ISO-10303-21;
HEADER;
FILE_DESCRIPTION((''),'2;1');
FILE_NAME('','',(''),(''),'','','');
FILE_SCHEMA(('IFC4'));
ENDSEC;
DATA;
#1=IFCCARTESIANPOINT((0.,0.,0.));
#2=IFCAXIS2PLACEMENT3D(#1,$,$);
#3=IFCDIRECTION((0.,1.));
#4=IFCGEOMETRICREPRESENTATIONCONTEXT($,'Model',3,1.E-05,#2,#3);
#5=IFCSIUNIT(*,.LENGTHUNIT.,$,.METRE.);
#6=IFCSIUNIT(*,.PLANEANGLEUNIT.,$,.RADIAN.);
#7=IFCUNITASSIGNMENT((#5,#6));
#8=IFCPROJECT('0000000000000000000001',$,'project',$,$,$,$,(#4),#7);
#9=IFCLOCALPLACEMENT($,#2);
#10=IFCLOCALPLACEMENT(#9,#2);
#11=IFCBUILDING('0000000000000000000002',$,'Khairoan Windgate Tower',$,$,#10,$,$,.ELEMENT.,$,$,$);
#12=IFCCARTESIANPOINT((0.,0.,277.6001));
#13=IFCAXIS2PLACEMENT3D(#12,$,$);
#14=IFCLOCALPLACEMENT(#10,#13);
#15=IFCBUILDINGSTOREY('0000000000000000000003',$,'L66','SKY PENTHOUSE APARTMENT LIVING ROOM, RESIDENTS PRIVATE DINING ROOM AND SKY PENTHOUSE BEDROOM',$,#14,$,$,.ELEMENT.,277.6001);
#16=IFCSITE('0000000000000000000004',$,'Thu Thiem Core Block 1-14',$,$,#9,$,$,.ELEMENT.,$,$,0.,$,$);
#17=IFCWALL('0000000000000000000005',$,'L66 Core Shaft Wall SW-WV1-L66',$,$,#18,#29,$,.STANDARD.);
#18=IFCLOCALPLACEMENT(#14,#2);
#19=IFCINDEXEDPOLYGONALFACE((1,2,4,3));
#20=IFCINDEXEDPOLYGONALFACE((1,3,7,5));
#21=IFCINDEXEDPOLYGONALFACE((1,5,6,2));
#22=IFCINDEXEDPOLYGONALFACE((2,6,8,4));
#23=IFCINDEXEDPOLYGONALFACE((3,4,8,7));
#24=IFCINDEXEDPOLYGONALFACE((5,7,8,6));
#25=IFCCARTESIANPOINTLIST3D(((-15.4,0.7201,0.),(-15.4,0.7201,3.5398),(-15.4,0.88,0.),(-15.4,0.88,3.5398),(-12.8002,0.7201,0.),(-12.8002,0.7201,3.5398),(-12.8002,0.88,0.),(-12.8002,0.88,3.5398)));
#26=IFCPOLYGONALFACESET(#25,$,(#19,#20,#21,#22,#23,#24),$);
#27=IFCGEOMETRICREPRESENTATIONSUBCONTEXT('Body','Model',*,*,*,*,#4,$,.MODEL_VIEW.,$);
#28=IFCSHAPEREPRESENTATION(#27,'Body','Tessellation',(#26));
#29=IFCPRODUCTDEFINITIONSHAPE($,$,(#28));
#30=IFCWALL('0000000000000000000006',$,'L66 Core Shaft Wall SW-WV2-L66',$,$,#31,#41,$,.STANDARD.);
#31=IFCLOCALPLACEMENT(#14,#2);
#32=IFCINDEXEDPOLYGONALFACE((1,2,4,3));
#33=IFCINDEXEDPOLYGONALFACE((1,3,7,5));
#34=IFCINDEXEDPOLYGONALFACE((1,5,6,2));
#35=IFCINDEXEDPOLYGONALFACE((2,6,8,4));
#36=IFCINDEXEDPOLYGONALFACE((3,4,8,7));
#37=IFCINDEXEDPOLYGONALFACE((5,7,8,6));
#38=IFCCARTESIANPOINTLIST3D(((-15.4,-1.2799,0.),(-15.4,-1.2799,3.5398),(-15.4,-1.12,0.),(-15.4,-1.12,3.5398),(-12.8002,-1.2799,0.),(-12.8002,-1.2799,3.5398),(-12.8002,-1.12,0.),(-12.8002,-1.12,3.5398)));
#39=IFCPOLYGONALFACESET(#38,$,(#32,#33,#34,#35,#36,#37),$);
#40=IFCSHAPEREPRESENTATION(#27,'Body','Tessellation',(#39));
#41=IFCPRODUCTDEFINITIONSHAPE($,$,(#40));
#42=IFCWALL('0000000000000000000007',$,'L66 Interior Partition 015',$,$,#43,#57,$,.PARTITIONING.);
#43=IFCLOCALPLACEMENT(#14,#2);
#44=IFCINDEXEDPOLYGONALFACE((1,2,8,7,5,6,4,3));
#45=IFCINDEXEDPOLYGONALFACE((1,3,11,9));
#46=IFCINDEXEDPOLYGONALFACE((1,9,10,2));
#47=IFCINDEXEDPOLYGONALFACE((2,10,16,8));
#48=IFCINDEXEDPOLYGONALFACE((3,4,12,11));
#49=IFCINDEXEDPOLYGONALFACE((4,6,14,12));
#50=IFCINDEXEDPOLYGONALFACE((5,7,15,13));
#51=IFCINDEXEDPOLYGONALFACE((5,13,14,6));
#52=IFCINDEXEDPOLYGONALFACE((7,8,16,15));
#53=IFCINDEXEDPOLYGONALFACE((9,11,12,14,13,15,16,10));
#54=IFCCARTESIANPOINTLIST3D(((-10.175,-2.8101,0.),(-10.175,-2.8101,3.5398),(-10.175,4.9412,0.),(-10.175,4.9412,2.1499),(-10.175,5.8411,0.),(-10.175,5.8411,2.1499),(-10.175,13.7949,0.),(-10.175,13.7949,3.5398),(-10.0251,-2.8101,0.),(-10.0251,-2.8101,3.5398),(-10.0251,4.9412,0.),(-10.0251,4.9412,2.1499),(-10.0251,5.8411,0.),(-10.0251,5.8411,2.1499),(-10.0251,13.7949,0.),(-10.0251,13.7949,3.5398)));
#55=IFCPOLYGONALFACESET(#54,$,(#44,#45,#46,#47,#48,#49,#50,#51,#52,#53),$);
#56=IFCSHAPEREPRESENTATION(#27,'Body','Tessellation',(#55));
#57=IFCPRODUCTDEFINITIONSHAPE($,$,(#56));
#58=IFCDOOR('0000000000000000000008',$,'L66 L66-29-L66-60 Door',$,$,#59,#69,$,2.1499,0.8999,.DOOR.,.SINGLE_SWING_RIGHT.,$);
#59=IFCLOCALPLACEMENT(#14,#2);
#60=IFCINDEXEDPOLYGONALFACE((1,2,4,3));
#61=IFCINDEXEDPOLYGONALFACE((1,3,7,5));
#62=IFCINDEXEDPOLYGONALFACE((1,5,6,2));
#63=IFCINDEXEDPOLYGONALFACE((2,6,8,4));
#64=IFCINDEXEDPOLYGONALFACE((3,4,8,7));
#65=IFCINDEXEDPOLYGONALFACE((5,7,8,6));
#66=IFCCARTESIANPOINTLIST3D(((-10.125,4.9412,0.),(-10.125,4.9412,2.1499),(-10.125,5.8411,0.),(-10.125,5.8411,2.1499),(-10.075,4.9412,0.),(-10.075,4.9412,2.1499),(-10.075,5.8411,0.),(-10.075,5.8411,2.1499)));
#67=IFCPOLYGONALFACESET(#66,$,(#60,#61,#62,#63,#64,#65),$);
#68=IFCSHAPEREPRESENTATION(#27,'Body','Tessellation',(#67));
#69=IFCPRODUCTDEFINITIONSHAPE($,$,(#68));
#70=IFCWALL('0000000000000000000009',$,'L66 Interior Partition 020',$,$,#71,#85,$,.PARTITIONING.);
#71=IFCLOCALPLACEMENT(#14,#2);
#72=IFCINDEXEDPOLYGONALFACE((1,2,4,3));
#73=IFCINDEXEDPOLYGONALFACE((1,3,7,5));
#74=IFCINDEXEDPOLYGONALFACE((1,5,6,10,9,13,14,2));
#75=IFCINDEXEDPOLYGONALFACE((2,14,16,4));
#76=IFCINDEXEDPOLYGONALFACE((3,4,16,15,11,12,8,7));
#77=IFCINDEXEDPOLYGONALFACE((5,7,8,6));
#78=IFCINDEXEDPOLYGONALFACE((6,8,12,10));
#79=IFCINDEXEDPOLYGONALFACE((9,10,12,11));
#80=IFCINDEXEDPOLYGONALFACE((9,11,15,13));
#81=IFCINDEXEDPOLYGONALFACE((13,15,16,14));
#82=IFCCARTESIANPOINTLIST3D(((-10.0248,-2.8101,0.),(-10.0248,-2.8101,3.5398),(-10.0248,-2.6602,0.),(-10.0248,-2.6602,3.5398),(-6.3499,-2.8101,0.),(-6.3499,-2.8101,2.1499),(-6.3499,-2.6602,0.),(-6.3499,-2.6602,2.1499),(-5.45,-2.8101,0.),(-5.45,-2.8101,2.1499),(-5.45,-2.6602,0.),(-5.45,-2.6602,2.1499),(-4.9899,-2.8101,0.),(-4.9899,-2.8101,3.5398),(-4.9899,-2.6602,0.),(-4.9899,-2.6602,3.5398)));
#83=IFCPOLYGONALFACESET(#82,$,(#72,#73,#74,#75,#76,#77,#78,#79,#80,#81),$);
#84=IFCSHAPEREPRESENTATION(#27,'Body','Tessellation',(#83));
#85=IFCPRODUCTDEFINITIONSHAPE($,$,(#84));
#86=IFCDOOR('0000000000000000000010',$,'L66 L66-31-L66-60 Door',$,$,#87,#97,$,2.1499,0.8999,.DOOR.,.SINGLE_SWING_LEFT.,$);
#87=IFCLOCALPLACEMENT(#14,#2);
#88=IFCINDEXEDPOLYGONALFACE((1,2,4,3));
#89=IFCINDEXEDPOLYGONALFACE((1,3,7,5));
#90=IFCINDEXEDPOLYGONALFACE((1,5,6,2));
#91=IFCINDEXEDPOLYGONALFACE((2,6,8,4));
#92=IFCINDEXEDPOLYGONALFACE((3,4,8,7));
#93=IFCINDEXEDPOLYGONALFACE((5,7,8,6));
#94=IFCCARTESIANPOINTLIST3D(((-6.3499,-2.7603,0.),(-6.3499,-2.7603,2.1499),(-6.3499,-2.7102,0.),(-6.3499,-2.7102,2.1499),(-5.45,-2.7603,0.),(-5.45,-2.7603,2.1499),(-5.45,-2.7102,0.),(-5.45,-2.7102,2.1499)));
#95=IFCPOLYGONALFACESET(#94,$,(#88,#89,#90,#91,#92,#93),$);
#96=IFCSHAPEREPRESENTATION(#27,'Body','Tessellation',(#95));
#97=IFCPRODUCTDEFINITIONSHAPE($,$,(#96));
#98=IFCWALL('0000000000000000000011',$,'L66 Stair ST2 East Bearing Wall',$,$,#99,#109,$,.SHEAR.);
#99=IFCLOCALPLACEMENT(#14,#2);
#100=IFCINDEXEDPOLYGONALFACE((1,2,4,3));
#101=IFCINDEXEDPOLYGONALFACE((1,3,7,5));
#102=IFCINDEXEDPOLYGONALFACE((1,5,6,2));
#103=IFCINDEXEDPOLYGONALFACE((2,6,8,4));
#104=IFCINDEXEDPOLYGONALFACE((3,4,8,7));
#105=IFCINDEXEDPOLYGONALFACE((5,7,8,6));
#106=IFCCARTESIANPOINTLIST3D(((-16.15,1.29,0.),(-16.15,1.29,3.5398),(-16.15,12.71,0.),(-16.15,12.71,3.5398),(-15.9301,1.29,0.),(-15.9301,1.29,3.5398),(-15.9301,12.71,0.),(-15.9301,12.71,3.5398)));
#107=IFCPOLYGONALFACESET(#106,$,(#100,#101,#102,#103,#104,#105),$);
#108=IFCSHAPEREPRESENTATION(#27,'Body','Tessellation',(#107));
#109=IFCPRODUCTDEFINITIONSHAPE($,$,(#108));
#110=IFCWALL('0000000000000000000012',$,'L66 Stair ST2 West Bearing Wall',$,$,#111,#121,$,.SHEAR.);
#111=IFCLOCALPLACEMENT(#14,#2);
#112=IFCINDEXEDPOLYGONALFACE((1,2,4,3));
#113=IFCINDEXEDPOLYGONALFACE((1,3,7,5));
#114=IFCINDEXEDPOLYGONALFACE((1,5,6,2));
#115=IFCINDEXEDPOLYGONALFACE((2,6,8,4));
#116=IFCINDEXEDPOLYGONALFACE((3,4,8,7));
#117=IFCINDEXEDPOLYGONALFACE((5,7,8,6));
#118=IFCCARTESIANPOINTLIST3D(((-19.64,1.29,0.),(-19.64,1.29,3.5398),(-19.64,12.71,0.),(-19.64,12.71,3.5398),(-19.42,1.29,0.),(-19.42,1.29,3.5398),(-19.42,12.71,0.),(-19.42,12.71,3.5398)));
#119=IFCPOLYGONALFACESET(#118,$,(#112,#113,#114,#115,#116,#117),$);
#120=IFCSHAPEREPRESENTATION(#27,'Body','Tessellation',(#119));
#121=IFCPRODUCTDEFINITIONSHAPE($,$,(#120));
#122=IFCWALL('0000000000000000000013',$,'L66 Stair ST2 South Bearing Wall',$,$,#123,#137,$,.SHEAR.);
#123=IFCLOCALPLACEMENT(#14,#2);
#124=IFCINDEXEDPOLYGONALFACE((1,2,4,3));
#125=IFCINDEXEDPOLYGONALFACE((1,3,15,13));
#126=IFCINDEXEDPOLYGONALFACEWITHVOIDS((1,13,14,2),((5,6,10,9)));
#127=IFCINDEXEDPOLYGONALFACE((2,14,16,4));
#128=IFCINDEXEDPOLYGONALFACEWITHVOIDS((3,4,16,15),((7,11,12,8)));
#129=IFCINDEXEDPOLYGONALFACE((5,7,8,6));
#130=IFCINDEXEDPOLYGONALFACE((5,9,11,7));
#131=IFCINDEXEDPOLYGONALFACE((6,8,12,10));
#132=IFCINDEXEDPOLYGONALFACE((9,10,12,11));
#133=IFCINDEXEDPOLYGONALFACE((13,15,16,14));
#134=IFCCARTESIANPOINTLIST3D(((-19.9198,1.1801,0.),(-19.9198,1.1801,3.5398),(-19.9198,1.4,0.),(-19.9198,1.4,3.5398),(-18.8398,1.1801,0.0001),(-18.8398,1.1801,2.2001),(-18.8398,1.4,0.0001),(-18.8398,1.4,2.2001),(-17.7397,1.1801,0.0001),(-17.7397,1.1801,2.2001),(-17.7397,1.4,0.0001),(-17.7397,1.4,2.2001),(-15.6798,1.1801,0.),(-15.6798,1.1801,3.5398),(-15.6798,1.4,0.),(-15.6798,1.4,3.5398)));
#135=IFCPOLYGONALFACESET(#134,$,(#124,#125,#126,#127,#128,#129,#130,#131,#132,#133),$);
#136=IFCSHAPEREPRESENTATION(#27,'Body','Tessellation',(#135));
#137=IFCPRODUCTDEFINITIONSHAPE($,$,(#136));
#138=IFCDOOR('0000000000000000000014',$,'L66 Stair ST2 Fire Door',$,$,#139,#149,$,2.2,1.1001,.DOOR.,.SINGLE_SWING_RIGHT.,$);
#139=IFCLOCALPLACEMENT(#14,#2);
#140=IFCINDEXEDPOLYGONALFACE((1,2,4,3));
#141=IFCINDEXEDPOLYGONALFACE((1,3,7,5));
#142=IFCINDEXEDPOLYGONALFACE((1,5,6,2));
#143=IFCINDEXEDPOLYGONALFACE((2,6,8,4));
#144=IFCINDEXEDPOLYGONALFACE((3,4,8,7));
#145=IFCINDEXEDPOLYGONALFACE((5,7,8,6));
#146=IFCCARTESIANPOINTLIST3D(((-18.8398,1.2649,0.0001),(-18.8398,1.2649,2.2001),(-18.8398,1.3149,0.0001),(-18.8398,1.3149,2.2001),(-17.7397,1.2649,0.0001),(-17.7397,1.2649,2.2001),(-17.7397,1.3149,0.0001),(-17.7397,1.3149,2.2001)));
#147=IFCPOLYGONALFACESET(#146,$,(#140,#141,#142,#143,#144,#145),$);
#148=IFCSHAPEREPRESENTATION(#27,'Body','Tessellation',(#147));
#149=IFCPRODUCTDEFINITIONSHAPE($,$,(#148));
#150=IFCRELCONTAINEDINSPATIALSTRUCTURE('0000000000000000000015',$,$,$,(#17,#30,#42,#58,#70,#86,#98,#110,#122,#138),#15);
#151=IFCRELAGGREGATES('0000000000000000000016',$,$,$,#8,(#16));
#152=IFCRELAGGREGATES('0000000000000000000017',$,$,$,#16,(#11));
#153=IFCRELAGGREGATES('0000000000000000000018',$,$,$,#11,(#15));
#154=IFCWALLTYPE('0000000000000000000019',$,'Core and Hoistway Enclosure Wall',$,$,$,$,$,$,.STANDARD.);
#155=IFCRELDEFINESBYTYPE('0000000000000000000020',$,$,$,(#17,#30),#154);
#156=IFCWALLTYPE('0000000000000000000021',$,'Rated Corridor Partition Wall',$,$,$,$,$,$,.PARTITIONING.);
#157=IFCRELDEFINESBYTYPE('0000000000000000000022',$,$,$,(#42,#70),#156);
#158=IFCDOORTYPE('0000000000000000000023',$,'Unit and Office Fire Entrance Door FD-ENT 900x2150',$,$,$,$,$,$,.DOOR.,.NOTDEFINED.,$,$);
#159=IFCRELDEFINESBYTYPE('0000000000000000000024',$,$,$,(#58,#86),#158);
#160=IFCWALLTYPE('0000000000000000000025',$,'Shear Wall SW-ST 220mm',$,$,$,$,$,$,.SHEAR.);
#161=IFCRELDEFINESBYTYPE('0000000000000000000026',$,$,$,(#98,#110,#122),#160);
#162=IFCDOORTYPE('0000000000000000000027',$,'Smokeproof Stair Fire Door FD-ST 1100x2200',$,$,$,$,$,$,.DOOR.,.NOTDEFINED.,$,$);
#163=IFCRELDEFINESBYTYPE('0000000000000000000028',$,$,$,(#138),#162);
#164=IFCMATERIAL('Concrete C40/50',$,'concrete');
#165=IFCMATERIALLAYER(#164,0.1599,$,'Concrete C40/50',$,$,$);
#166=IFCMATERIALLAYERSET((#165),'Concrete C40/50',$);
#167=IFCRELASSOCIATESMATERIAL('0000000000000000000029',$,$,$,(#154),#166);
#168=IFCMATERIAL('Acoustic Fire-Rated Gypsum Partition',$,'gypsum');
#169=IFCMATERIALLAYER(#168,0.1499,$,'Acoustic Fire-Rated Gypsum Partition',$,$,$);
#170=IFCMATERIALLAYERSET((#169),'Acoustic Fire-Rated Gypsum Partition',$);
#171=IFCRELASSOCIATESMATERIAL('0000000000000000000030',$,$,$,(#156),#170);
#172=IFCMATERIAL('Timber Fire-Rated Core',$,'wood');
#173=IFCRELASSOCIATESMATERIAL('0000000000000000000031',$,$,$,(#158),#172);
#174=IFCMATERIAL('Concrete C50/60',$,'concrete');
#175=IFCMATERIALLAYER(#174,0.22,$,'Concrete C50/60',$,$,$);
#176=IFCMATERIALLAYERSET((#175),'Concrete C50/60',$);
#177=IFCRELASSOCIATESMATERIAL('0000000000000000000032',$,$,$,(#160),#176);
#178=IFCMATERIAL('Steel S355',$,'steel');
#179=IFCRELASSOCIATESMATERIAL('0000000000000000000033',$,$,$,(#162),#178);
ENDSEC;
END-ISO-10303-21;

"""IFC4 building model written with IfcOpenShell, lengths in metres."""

from ifc_helpers import new_model, si_unit, direction, frame, frame_2d, origin, place, context, subcontext, project, spatial, rectangle, extrude, material, layer, layer_set, type_object, element, fill, save


model = new_model("IFC4")

# Units and contexts
model_context = context("Model", 3, precision=1e-05, world=origin(), true_north=direction((0.0, 1.0)))
body_context = subcontext(model_context, "Body", "Model", "MODEL_VIEW")
ifc_project = project(units=[si_unit("LENGTHUNIT", "METRE"), si_unit("PLANEANGLEUNIT", "RADIAN")], contexts=[model_context])

# Site, building, storey
site_placement = place(None, origin())
site = spatial("IfcSite", under=ifc_project, at=site_placement, Name="Thu Thiem Core Block 1-14", CompositionType="ELEMENT", RefElevation=0.0)
building_placement = place(site_placement, origin())
building = spatial("IfcBuilding", under=site, at=building_placement, Name="Khairoan Windgate Tower", CompositionType="ELEMENT")
storey_placement = place(building_placement, frame((0.0, 0.0, 277.6001)))
storey = spatial("IfcBuildingStorey", under=building, at=storey_placement, Name="L66", Description="SKY PENTHOUSE APARTMENT LIVING ROOM, RESIDENTS PRIVATE DINING ROOM AND SKY PENTHOUSE BEDROOM", CompositionType="ELEMENT", Elevation=277.6001)

# Shared definitions
ifc_material_1 = material(Name="Concrete C40/50", Category="concrete")
ifc_layer_1 = layer(ifc_material_1, 0.1599, Name="Concrete C40/50")
ifc_layer_set_1 = layer_set([ifc_layer_1], Name="Concrete C40/50")
wall_type_1 = type_object("IfcWallType", Name="Core and Hoistway Enclosure Wall", PredefinedType="STANDARD", material=ifc_layer_set_1)

# Walls
for number, where, z_axis, x_axis, name in (
    (1, (-15.3999, 0.8, 0.0), (0.0, 0.0, 1.0), (1.0, 0.0, 0.0), "L66 Core Shaft Wall SW-WV1-L66"),
    (2, (-15.3999, -1.2, 0.0), (0.0, 0.0, 1.0), (1.0, 0.0, 0.0), "L66 Core Shaft Wall SW-WV2-L66"),
):
    element("IfcWall", number, at=place(storey_placement, frame(where, z_axis=z_axis, x_axis=x_axis)), inside=storey, type_object=wall_type_1, Name=name, PredefinedType="STANDARD", context=body_context, shape_type="SweptSolid", body=[
        extrude(rectangle(XDim=2.5999, YDim=0.1599, at=frame_2d((1.2998, 0.0))), origin(), (0.0, 0.0, 1.0), 3.5398),
    ])

# Walls, openings, doors
ifc_material_2 = material(Name="Acoustic Fire-Rated Gypsum Partition", Category="gypsum")
ifc_layer_2 = layer(ifc_material_2, 0.1499, Name="Acoustic Fire-Rated Gypsum Partition")
ifc_layer_set_2 = layer_set([ifc_layer_2], Name="Acoustic Fire-Rated Gypsum Partition")
wall_type_2 = type_object("IfcWallType", Name="Rated Corridor Partition Wall", PredefinedType="PARTITIONING", material=ifc_layer_set_2)
wall_1_placement = place(storey_placement, frame((-10.1001, -2.8101, 0.0), z_axis=(0.0, 0.0, 1.0), x_axis=(0.0, 1.0, 0.0)))
wall_1 = element("IfcWall", 3, at=wall_1_placement, inside=storey, type_object=wall_type_2, Name="L66 Interior Partition 015", PredefinedType="PARTITIONING", context=body_context, shape_type="SweptSolid", body=[
    extrude(rectangle(XDim=16.605, YDim=0.1499, at=frame_2d((8.3025, 0.0))), origin(), (0.0, 0.0, 1.0), 3.5398),
])
opening_1_placement = place(wall_1_placement, frame((7.7512, 0.0, 0.0)))
opening_1 = element("IfcOpeningElement", 4, at=opening_1_placement, cuts=wall_1, PredefinedType="OPENING", context=body_context, shape_type="SweptSolid", body=[
    extrude(rectangle(XDim=0.8999, YDim=2.1499, at=frame_2d((0.45, 1.075))), frame((0.0, 0.085, 0.0), z_axis=(0.0, -1.0, 0.0), x_axis=(1.0, 0.0, 0.0)), (0.0, 0.0, 1.0), 0.1699),
])
ifc_material_3 = material(Name="Timber Fire-Rated Core", Category="wood")
door_type_1 = type_object("IfcDoorType", Name="Unit and Office Fire Entrance Door FD-ENT 900x2150", OperationType="NOTDEFINED", PredefinedType="DOOR", material=ifc_material_3)
door_1_placement = place(opening_1_placement, origin())
door_1 = element("IfcDoor", 5, at=door_1_placement, inside=storey, type_object=door_type_1, Name="L66 L66-29-L66-60 Door", OperationType="SINGLE_SWING_RIGHT", OverallHeight=2.1499, OverallWidth=0.8999, PredefinedType="DOOR", context=body_context, shape_type="SweptSolid", body=[
    extrude(rectangle(XDim=0.8999, YDim=2.1499, at=frame_2d((0.45, 1.075))), frame((0.0, 0.0249, 0.0), z_axis=(0.0, -1.0, 0.0), x_axis=(1.0, 0.0, 0.0)), (0.0, 0.0, 1.0), 0.05),
])
fill(opening_1, door_1)
wall_2_placement = place(storey_placement, frame((-10.0249, -2.7351, 0.0), z_axis=(0.0, 0.0, 1.0), x_axis=(1.0, 0.0, 0.0)))
wall_2 = element("IfcWall", 6, at=wall_2_placement, inside=storey, type_object=wall_type_2, Name="L66 Interior Partition 020", PredefinedType="PARTITIONING", context=body_context, shape_type="SweptSolid", body=[
    extrude(rectangle(XDim=5.0349, YDim=0.1499, at=frame_2d((2.5176, 0.0))), origin(), (0.0, 0.0, 1.0), 3.5398),
])
opening_2_placement = place(wall_2_placement, frame((3.675, 0.0, 0.0)))
opening_2 = element("IfcOpeningElement", 7, at=opening_2_placement, cuts=wall_2, PredefinedType="OPENING", context=body_context, shape_type="SweptSolid", body=[
    extrude(rectangle(XDim=0.8999, YDim=2.1499, at=frame_2d((0.45, 1.075))), frame((0.0, 0.085, 0.0), z_axis=(0.0, -1.0, 0.0), x_axis=(1.0, 0.0, 0.0)), (0.0, 0.0, 1.0), 0.1699),
])
door_2_placement = place(opening_2_placement, origin())
door_2 = element("IfcDoor", 8, at=door_2_placement, inside=storey, type_object=door_type_1, Name="L66 L66-31-L66-60 Door", OperationType="SINGLE_SWING_LEFT", OverallHeight=2.1499, OverallWidth=0.8999, PredefinedType="DOOR", context=body_context, shape_type="SweptSolid", body=[
    extrude(rectangle(XDim=0.8999, YDim=2.1499, at=frame_2d((0.45, 1.075))), frame((0.0, 0.0249, 0.0), z_axis=(0.0, -1.0, 0.0), x_axis=(1.0, 0.0, 0.0)), (0.0, 0.0, 1.0), 0.05),
])
fill(opening_2, door_2)

# Walls
ifc_material_4 = material(Name="Concrete C50/60", Category="concrete")
ifc_layer_3 = layer(ifc_material_4, 0.22, Name="Concrete C50/60")
ifc_layer_set_3 = layer_set([ifc_layer_3], Name="Concrete C50/60")
wall_type_3 = type_object("IfcWallType", Name="Shear Wall SW-ST 220mm", PredefinedType="SHEAR", material=ifc_layer_set_3)
for number, where, z_axis, x_axis, name in (
    (9, (-16.04, 1.29, 0.0), (0.0, 0.0, 1.0), (0.0, 1.0, 0.0), "L66 Stair ST2 East Bearing Wall"),
    (10, (-19.53, 1.29, 0.0), (0.0, 0.0, 1.0), (0.0, 1.0, 0.0), "L66 Stair ST2 West Bearing Wall"),
):
    element("IfcWall", number, at=place(storey_placement, frame(where, z_axis=z_axis, x_axis=x_axis)), inside=storey, type_object=wall_type_3, Name=name, PredefinedType="SHEAR", context=body_context, shape_type="SweptSolid", body=[
        extrude(rectangle(XDim=11.4199, YDim=0.22, at=frame_2d((5.71, 0.0))), origin(), (0.0, 0.0, 1.0), 3.5398),
    ])

# Wall, opening, door
wall_3_placement = place(storey_placement, frame((-19.9199, 1.29, 0.0), z_axis=(0.0, 0.0, 1.0), x_axis=(1.0, 0.0, 0.0)))
wall_3 = element("IfcWall", 11, at=wall_3_placement, inside=storey, type_object=wall_type_3, Name="L66 Stair ST2 South Bearing Wall", PredefinedType="SHEAR", context=body_context, shape_type="SweptSolid", body=[
    extrude(rectangle(XDim=4.24, YDim=0.22, at=frame_2d((2.1201, 0.0))), origin(), (0.0, 0.0, 1.0), 3.5398),
])
opening_3_placement = place(wall_3_placement, frame((1.0801, 0.0, 0.0)))
opening_3 = element("IfcOpeningElement", 12, at=opening_3_placement, cuts=wall_3, PredefinedType="OPENING", context=body_context, shape_type="SweptSolid", body=[
    extrude(rectangle(XDim=1.1001, YDim=2.2, at=frame_2d((0.55, 1.1001))), frame((0.0, 0.1199, 0.0), z_axis=(0.0, -1.0, 0.0), x_axis=(1.0, 0.0, 0.0)), (0.0, 0.0, 1.0), 0.24),
])
ifc_material_5 = material(Name="Steel S355", Category="steel")
door_type_2 = type_object("IfcDoorType", Name="Smokeproof Stair Fire Door FD-ST 1100x2200", OperationType="NOTDEFINED", PredefinedType="DOOR", material=ifc_material_5)
door_3_placement = place(opening_3_placement, origin())
door_3 = element("IfcDoor", 13, at=door_3_placement, inside=storey, type_object=door_type_2, Name="L66 Stair ST2 Fire Door", OperationType="SINGLE_SWING_RIGHT", OverallHeight=2.2, OverallWidth=1.1001, PredefinedType="DOOR", context=body_context, shape_type="SweptSolid", body=[
    extrude(rectangle(XDim=1.1001, YDim=2.2, at=frame_2d((0.55, 1.1001))), frame((0.0, 0.0249, 0.0), z_axis=(0.0, -1.0, 0.0), x_axis=(1.0, 0.0, 0.0)), (0.0, 0.0, 1.0), 0.05),
])
fill(opening_3, door_3)

save(model, "model.ifc")
